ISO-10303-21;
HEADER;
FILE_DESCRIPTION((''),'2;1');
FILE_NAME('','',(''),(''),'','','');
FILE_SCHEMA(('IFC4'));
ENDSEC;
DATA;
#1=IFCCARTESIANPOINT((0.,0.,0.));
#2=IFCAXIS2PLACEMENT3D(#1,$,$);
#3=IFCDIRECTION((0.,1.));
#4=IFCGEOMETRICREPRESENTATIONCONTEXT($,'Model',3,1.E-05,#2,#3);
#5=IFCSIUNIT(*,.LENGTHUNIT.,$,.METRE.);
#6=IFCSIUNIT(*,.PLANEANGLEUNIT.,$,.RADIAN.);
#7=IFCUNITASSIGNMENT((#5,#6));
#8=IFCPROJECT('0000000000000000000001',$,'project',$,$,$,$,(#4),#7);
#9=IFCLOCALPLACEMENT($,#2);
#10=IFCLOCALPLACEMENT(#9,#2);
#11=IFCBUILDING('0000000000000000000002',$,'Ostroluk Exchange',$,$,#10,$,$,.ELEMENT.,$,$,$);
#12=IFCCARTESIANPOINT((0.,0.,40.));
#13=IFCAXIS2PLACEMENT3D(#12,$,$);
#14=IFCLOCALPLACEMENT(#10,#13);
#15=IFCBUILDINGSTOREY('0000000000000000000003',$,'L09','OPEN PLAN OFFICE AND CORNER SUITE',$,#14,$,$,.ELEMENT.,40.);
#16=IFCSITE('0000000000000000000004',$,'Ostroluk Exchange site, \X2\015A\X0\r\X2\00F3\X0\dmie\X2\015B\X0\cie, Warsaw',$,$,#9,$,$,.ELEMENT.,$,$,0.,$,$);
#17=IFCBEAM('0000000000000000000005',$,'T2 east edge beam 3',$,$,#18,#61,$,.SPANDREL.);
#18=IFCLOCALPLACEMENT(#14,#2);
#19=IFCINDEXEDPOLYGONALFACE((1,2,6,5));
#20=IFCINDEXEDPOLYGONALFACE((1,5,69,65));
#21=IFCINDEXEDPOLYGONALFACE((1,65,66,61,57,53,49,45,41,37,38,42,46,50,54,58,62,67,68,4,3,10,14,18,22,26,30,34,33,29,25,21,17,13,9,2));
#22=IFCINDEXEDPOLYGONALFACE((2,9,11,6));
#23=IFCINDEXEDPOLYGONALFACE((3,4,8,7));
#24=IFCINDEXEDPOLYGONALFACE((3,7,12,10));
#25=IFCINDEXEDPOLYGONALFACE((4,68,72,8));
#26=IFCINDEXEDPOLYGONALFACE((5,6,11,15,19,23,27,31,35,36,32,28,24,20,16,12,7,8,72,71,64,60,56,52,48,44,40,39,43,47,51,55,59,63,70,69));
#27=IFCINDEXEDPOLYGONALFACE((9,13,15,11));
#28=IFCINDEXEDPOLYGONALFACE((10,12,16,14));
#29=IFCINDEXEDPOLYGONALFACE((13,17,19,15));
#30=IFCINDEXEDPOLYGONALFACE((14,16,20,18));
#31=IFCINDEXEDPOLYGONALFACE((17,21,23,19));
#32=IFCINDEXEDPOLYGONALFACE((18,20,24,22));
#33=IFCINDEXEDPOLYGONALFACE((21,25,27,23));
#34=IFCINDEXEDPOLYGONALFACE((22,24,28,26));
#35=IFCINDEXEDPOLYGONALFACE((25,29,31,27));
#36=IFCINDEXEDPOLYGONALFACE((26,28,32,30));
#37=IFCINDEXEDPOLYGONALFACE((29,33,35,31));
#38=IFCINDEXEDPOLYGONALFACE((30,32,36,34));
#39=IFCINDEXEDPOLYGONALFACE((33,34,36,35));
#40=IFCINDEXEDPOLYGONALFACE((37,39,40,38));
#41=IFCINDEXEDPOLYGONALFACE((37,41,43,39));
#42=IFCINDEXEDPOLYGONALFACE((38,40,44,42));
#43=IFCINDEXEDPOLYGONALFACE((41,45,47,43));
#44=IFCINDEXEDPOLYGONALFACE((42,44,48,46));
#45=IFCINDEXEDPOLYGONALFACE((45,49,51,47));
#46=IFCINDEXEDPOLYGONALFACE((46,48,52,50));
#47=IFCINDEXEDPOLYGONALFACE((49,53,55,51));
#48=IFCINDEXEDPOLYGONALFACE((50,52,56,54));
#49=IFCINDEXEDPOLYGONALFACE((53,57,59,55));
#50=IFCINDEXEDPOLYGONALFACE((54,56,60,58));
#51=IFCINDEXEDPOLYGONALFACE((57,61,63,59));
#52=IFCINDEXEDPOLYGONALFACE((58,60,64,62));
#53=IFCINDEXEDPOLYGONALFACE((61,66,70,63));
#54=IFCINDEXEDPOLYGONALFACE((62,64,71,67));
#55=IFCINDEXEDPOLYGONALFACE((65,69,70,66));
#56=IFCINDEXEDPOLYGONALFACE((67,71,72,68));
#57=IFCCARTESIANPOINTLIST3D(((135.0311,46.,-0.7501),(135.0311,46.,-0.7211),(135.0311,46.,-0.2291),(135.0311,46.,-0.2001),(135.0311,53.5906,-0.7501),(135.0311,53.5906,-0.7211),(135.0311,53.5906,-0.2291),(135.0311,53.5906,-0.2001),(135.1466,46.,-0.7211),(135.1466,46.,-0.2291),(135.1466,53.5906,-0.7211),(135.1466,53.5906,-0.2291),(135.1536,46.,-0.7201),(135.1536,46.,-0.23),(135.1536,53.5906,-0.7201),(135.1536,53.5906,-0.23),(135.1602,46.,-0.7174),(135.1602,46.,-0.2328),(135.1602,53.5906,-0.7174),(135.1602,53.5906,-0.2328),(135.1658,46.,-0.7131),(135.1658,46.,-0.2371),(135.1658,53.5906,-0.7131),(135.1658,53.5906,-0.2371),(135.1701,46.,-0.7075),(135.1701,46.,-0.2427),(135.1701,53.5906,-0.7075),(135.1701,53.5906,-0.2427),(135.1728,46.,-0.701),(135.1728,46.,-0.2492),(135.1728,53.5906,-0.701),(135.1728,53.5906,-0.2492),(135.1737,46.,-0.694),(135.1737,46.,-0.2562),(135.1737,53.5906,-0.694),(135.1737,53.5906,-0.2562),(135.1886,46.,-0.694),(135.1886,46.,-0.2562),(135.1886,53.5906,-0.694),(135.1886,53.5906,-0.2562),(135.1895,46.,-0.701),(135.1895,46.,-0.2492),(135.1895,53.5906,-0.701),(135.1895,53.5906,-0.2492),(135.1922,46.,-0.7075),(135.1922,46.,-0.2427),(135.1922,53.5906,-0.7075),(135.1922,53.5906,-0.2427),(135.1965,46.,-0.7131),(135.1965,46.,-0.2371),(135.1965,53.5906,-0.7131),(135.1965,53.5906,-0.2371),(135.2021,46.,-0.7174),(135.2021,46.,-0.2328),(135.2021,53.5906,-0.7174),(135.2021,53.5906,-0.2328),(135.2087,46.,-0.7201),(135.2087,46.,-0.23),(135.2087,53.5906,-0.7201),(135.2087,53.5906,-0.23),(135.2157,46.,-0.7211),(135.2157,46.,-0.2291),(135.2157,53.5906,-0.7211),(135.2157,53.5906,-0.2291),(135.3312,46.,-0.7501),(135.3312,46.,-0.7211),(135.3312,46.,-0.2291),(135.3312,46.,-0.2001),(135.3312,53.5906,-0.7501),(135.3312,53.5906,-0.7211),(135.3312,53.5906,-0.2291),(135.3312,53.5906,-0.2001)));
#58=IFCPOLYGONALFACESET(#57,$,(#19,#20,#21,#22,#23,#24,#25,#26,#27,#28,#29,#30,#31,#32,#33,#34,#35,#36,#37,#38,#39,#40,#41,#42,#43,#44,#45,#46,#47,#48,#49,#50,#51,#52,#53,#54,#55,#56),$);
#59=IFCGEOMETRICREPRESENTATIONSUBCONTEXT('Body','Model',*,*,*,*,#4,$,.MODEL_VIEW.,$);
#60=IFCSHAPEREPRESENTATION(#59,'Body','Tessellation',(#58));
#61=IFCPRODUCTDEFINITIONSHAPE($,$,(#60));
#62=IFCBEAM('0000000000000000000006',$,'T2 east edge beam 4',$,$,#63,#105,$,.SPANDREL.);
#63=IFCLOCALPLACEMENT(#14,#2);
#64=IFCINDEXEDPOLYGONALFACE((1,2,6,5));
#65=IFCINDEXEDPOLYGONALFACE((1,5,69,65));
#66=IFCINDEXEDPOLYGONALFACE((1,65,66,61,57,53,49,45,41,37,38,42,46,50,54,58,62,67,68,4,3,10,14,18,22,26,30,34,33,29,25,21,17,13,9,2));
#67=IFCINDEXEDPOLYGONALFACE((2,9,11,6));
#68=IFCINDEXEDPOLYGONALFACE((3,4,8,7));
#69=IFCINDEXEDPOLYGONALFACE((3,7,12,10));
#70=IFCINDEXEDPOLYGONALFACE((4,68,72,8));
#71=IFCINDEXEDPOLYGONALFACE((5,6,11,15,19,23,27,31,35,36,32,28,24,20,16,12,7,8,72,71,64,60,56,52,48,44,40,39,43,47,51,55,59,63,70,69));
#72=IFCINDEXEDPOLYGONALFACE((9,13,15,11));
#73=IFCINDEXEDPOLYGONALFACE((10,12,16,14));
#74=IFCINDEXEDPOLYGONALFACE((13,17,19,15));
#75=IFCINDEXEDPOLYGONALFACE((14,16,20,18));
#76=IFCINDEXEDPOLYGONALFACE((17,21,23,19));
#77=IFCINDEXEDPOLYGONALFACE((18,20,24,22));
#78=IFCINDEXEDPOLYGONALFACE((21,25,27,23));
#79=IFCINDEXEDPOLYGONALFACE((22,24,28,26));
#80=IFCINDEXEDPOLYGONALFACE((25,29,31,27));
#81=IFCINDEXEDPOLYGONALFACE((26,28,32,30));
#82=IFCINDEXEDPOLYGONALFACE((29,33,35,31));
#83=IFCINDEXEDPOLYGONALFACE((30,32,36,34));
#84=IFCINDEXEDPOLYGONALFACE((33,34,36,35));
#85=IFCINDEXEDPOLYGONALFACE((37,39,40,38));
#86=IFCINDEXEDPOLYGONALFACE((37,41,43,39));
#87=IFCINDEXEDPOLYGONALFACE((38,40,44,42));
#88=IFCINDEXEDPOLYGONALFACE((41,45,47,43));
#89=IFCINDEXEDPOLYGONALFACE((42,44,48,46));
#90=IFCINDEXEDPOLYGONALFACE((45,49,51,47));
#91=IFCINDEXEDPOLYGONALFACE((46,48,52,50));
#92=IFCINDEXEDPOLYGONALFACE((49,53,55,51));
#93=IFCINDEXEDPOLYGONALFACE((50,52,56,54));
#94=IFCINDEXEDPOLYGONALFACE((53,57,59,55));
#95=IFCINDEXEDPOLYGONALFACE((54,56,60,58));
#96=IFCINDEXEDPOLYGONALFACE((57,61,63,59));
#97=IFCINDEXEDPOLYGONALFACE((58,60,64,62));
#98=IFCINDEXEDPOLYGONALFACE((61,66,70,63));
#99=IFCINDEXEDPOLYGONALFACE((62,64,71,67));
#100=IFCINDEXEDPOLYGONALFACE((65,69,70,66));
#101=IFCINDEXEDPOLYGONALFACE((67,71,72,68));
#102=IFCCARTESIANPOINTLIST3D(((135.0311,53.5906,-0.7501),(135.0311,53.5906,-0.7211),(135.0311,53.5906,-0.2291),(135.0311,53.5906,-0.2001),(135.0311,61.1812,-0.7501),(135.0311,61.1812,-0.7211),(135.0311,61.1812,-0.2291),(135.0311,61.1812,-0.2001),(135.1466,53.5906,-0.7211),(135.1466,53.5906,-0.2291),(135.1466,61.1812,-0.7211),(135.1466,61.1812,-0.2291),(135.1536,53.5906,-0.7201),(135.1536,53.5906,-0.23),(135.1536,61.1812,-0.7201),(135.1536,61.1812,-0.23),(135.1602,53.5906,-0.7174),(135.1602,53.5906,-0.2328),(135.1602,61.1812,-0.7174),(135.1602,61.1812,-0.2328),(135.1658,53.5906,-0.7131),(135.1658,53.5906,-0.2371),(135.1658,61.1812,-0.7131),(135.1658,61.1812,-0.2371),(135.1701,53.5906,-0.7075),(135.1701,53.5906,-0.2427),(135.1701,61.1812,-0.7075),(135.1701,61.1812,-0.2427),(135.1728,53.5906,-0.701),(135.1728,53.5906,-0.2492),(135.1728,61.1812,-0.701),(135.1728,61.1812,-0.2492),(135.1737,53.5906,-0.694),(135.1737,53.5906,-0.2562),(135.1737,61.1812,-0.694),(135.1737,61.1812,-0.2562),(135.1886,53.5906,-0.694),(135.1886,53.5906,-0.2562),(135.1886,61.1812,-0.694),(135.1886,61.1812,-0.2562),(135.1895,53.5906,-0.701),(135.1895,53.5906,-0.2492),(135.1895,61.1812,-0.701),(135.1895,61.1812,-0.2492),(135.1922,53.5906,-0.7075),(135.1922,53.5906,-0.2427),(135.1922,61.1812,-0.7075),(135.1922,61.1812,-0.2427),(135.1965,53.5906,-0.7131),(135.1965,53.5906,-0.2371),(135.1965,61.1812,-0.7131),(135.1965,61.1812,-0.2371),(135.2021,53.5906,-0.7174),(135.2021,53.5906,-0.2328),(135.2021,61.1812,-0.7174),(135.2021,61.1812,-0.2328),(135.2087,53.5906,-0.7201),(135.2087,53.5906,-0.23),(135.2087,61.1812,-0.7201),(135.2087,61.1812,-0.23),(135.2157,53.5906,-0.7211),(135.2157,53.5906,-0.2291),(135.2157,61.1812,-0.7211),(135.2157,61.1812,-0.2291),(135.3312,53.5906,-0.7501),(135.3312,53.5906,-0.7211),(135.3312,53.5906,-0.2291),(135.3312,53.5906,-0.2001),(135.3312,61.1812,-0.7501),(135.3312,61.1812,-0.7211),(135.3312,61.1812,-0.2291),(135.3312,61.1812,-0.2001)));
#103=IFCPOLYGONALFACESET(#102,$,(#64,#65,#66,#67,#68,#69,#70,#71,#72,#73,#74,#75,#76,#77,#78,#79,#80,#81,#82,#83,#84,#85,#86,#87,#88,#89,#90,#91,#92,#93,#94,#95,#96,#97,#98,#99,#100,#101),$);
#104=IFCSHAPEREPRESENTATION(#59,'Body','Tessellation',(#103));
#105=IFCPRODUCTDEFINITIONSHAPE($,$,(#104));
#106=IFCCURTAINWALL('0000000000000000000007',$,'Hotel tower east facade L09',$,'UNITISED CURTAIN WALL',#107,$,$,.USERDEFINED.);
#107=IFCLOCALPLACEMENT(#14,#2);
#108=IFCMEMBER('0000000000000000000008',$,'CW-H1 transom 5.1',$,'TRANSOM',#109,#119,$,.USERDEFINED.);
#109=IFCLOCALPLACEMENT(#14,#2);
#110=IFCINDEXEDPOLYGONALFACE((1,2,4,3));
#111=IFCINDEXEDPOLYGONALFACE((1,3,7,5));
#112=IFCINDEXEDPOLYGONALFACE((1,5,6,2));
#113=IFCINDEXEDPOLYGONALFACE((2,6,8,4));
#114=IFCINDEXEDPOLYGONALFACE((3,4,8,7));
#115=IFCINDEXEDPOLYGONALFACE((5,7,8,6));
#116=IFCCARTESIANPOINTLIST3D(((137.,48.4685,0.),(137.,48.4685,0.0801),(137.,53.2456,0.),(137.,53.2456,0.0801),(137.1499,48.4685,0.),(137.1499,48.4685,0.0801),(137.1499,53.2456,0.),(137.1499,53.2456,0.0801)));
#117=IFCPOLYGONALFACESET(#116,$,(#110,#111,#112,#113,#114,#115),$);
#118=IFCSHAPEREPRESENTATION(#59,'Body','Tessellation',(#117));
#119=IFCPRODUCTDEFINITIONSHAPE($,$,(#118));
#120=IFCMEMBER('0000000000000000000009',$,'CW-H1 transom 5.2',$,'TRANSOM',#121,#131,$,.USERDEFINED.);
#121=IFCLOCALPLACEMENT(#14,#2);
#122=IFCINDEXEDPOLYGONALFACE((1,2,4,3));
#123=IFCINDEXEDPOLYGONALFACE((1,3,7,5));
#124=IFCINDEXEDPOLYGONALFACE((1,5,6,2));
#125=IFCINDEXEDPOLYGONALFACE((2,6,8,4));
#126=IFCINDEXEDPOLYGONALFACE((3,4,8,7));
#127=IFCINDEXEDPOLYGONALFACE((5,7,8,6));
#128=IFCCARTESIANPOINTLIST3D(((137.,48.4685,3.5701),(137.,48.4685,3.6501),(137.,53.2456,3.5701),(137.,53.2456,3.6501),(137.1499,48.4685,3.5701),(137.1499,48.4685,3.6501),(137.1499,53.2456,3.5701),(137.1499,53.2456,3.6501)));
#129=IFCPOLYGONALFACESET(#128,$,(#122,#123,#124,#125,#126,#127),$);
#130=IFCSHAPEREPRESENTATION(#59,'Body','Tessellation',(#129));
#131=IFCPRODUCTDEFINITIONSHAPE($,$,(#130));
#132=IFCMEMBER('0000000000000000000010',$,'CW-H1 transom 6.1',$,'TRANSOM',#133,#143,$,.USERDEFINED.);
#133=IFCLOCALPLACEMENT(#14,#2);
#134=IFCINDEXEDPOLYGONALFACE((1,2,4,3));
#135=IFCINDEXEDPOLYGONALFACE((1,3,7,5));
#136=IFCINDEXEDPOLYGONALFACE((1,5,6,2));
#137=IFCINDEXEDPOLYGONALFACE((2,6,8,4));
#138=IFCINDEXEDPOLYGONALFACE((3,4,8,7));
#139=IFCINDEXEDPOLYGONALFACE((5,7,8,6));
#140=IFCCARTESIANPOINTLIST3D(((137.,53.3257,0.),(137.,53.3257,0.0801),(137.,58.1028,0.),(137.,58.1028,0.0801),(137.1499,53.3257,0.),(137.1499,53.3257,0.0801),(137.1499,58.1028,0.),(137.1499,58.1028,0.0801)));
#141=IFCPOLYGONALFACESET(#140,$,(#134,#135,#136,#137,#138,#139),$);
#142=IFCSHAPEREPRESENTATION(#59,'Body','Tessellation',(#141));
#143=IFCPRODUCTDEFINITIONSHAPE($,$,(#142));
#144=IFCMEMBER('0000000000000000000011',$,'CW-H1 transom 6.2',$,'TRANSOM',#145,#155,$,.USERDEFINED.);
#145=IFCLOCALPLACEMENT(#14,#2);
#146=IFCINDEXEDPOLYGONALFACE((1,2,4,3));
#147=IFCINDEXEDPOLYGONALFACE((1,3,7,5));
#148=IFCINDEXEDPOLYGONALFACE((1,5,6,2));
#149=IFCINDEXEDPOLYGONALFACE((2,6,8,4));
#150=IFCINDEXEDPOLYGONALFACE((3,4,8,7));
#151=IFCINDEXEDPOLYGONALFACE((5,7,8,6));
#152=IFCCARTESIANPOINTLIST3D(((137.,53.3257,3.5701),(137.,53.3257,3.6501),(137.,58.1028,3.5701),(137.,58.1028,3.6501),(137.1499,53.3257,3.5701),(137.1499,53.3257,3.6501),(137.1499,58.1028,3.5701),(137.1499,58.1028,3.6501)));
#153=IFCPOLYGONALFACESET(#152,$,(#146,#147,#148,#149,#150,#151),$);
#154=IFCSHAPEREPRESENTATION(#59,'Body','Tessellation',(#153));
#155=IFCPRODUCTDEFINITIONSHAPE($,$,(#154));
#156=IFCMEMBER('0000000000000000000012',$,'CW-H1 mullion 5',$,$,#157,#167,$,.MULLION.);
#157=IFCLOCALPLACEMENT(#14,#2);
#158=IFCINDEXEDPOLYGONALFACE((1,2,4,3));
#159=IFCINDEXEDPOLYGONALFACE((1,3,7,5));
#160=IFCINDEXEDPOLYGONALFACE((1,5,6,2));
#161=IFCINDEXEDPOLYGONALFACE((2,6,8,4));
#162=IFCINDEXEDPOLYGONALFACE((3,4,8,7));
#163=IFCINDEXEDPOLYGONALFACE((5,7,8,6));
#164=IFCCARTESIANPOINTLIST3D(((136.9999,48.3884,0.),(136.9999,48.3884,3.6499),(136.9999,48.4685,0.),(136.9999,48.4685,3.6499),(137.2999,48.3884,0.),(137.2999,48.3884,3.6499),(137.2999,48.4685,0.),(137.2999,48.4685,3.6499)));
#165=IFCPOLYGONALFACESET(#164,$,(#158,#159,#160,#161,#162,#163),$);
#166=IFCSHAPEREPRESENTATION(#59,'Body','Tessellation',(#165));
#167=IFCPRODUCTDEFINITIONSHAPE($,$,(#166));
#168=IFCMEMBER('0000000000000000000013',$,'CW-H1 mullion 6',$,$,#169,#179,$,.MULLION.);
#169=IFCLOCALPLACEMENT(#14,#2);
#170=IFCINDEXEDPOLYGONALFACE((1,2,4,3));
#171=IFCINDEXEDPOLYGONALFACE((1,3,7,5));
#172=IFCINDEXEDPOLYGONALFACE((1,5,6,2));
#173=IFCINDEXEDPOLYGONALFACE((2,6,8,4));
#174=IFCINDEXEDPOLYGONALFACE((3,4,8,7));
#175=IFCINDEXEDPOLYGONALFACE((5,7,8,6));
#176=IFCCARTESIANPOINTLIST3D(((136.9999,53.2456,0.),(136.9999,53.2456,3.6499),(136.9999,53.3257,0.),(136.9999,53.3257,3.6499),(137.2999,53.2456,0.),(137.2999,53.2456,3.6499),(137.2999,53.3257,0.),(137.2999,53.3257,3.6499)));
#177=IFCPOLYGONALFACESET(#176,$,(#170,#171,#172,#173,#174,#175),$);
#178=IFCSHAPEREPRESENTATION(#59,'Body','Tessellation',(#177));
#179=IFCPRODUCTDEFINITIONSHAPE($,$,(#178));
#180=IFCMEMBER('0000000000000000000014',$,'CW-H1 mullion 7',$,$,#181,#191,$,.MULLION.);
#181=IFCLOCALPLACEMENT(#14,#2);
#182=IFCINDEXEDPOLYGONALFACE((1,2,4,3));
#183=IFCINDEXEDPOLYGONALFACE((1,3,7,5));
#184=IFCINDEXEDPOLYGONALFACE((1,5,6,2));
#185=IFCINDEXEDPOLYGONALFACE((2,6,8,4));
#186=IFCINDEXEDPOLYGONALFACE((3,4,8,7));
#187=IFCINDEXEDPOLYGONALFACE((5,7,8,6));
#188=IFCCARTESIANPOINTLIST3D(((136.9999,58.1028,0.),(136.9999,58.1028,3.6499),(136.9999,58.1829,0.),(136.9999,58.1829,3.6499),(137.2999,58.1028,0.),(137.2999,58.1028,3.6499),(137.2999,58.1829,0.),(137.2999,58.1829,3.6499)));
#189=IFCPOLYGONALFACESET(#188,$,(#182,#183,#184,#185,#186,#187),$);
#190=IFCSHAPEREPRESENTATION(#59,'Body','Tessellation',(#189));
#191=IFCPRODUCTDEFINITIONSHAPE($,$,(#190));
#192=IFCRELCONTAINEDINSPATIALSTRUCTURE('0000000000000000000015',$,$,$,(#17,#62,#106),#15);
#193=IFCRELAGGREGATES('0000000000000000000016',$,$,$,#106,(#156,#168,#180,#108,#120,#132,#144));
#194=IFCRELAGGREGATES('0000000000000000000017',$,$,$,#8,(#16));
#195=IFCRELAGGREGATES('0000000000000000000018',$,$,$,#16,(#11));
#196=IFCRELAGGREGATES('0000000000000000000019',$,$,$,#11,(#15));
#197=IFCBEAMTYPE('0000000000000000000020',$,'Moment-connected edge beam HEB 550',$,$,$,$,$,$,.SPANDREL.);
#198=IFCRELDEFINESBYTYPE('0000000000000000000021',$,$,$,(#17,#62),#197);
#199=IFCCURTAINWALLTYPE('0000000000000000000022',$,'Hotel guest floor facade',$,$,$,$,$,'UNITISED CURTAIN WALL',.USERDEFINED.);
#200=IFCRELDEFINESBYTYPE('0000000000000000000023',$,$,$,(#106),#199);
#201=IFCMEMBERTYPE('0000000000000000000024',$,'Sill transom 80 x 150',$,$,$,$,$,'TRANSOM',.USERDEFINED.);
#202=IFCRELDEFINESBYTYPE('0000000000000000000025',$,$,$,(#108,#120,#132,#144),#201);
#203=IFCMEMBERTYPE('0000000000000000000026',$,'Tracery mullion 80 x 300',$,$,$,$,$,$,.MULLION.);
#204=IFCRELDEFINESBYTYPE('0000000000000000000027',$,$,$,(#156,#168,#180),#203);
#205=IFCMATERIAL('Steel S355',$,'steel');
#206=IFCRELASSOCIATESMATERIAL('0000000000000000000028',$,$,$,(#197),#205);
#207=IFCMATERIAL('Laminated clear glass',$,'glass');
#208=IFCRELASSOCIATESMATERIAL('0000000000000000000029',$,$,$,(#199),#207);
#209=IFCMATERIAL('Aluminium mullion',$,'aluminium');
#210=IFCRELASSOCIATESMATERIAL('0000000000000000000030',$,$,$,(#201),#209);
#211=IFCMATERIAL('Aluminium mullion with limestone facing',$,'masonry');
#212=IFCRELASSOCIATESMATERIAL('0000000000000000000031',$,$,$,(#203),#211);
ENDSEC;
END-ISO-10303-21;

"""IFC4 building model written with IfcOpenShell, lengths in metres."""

from ifc_helpers import new_model, si_unit, direction, frame, origin, origin_2d, place, context, subcontext, project, spatial, rectangle, i_section, extrude, material, material_profile, profile_set, type_object, element, aggregate, save


model = new_model("IFC4")

# Units and contexts
model_context = context("Model", 3, precision=1e-05, world=origin(), true_north=direction((0.0, 1.0)))
body_context = subcontext(model_context, "Body", "Model", "MODEL_VIEW")
ifc_project = project(units=[si_unit("LENGTHUNIT", "METRE"), si_unit("PLANEANGLEUNIT", "RADIAN")], contexts=[model_context])

# Site, building, storey
site_placement = place(None, origin())
site = spatial("IfcSite", under=ifc_project, at=site_placement, Name="Ostroluk Exchange site, Śródmieście, Warsaw", CompositionType="ELEMENT", RefElevation=0.0)
building_placement = place(site_placement, origin())
building = spatial("IfcBuilding", under=site, at=building_placement, Name="Ostroluk Exchange", CompositionType="ELEMENT")
storey_placement = place(building_placement, frame((0.0, 0.0, 40.0)))
storey = spatial("IfcBuildingStorey", under=building, at=storey_placement, Name="L09", Description="OPEN PLAN OFFICE AND CORNER SUITE", CompositionType="ELEMENT", Elevation=40.0)

# Beams
ifc_material_1 = material(Name="Steel S355", Category="steel")
ifc_material_profile_1 = material_profile(ifc_material_1, i_section(OverallWidth=0.3, OverallDepth=0.55, WebThickness=0.0149, FlangeThickness=0.0291, FilletRadius=0.0271, at=origin_2d()), Name="HEB 550")
ifc_profile_set_1 = profile_set([ifc_material_profile_1], Name="Steel S355")
beam_type = type_object("IfcBeamType", Name="Moment-connected edge beam HEB 550", PredefinedType="SPANDREL", material=ifc_profile_set_1)
for number, where, z_axis, x_axis, name in (
    (1, (135.1812, 46.0, -0.4751), (0.0, 1.0, 0.0), (-1.0, 0.0, 0.0), "T2 east edge beam 3"),
    (2, (135.1812, 53.5906, -0.4751), (0.0, 1.0, 0.0), (-1.0, 0.0, 0.0), "T2 east edge beam 4"),
):
    element("IfcBeam", number, at=place(storey_placement, frame(where, z_axis=z_axis, x_axis=x_axis)), inside=storey, type_object=beam_type, Name=name, PredefinedType="SPANDREL", context=body_context, shape_type="SweptSolid", body=[
        extrude(i_section(OverallWidth=0.3, OverallDepth=0.55, WebThickness=0.0149, FlangeThickness=0.0291, FilletRadius=0.0271, at=origin_2d()), origin(), (0.0, 0.0, 1.0), 7.5906),
    ])

# Curtain wall, members
ifc_material_2 = material(Name="Laminated clear glass", Category="glass")
curtain_wall_type = type_object("IfcCurtainWallType", Name="Hotel guest floor facade", ElementType="UNITISED CURTAIN WALL", PredefinedType="USERDEFINED", material=ifc_material_2)
curtain_wall_placement = place(storey_placement, origin())
curtain_wall = element("IfcCurtainWall", 3, at=curtain_wall_placement, inside=storey, type_object=curtain_wall_type, Name="Hotel tower east facade L09", ObjectType="UNITISED CURTAIN WALL", PredefinedType="USERDEFINED")
ifc_material_3 = material(Name="Aluminium mullion", Category="aluminium")
ifc_material_profile_2 = material_profile(ifc_material_3, rectangle(XDim=0.1499, YDim=0.0801, at=origin_2d()), Name="Sill transom 80 x 150")
ifc_profile_set_2 = profile_set([ifc_material_profile_2], Name="Aluminium mullion")
member_type_1 = type_object("IfcMemberType", Name="Sill transom 80 x 150", ElementType="TRANSOM", PredefinedType="USERDEFINED", material=ifc_profile_set_2)
member_1_placement = place(storey_placement, frame((137.075, 48.4685, 0.04), z_axis=(0.0, 1.0, 0.0), x_axis=(-1.0, 0.0, 0.0)))
member_1 = element("IfcMember", 4, at=member_1_placement, type_object=member_type_1, Name="CW-H1 transom 5.1", ObjectType="TRANSOM", PredefinedType="USERDEFINED", context=body_context, shape_type="SweptSolid", body=[
    extrude(rectangle(XDim=0.1499, YDim=0.0801, at=origin_2d()), origin(), (0.0, 0.0, 1.0), 4.7771),
])
member_2_placement = place(storey_placement, frame((137.075, 48.4685, 3.6101), z_axis=(0.0, 1.0, 0.0), x_axis=(-1.0, 0.0, 0.0)))
member_2 = element("IfcMember", 5, at=member_2_placement, type_object=member_type_1, Name="CW-H1 transom 5.2", ObjectType="TRANSOM", PredefinedType="USERDEFINED", context=body_context, shape_type="SweptSolid", body=[
    extrude(rectangle(XDim=0.1499, YDim=0.0801, at=origin_2d()), origin(), (0.0, 0.0, 1.0), 4.7771),
])
member_3_placement = place(storey_placement, frame((137.075, 53.3257, 0.04), z_axis=(0.0, 1.0, 0.0), x_axis=(-1.0, 0.0, 0.0)))
member_3 = element("IfcMember", 6, at=member_3_placement, type_object=member_type_1, Name="CW-H1 transom 6.1", ObjectType="TRANSOM", PredefinedType="USERDEFINED", context=body_context, shape_type="SweptSolid", body=[
    extrude(rectangle(XDim=0.1499, YDim=0.0801, at=origin_2d()), origin(), (0.0, 0.0, 1.0), 4.7771),
])
member_4_placement = place(storey_placement, frame((137.075, 53.3257, 3.6101), z_axis=(0.0, 1.0, 0.0), x_axis=(-1.0, 0.0, 0.0)))
member_4 = element("IfcMember", 7, at=member_4_placement, type_object=member_type_1, Name="CW-H1 transom 6.2", ObjectType="TRANSOM", PredefinedType="USERDEFINED", context=body_context, shape_type="SweptSolid", body=[
    extrude(rectangle(XDim=0.1499, YDim=0.0801, at=origin_2d()), origin(), (0.0, 0.0, 1.0), 4.7771),
])
ifc_material_4 = material(Name="Aluminium mullion with limestone facing", Category="masonry")
ifc_material_profile_3 = material_profile(ifc_material_4, rectangle(XDim=0.3, YDim=0.0801, at=origin_2d()), Name="Tracery mullion 80 x 300")
ifc_profile_set_3 = profile_set([ifc_material_profile_3], Name="Aluminium mullion with limestone facing")
member_type_2 = type_object("IfcMemberType", Name="Tracery mullion 80 x 300", PredefinedType="MULLION", material=ifc_profile_set_3)
member_5_placement = place(storey_placement, frame((137.1499, 48.4285, 0.0), z_axis=(0.0, 0.0, 1.0), x_axis=(-1.0, 0.0, 0.0)))
member_5 = element("IfcMember", 8, at=member_5_placement, type_object=member_type_2, Name="CW-H1 mullion 5", PredefinedType="MULLION", context=body_context, shape_type="SweptSolid", body=[
    extrude(rectangle(XDim=0.3, YDim=0.0801, at=origin_2d()), origin(), (0.0, 0.0, 1.0), 3.6499),
])
member_6_placement = place(storey_placement, frame((137.1499, 53.2856, 0.0), z_axis=(0.0, 0.0, 1.0), x_axis=(-1.0, 0.0, 0.0)))
member_6 = element("IfcMember", 9, at=member_6_placement, type_object=member_type_2, Name="CW-H1 mullion 6", PredefinedType="MULLION", context=body_context, shape_type="SweptSolid", body=[
    extrude(rectangle(XDim=0.3, YDim=0.0801, at=origin_2d()), origin(), (0.0, 0.0, 1.0), 3.6499),
])
member_7_placement = place(storey_placement, frame((137.1499, 58.1428, 0.0), z_axis=(0.0, 0.0, 1.0), x_axis=(-1.0, 0.0, 0.0)))
member_7 = element("IfcMember", 10, at=member_7_placement, type_object=member_type_2, Name="CW-H1 mullion 7", PredefinedType="MULLION", context=body_context, shape_type="SweptSolid", body=[
    extrude(rectangle(XDim=0.3, YDim=0.0801, at=origin_2d()), origin(), (0.0, 0.0, 1.0), 3.6499),
])
aggregate(curtain_wall, [member_5, member_6, member_7, member_1, member_2, member_3, member_4])

save(model, "model.ifc")
